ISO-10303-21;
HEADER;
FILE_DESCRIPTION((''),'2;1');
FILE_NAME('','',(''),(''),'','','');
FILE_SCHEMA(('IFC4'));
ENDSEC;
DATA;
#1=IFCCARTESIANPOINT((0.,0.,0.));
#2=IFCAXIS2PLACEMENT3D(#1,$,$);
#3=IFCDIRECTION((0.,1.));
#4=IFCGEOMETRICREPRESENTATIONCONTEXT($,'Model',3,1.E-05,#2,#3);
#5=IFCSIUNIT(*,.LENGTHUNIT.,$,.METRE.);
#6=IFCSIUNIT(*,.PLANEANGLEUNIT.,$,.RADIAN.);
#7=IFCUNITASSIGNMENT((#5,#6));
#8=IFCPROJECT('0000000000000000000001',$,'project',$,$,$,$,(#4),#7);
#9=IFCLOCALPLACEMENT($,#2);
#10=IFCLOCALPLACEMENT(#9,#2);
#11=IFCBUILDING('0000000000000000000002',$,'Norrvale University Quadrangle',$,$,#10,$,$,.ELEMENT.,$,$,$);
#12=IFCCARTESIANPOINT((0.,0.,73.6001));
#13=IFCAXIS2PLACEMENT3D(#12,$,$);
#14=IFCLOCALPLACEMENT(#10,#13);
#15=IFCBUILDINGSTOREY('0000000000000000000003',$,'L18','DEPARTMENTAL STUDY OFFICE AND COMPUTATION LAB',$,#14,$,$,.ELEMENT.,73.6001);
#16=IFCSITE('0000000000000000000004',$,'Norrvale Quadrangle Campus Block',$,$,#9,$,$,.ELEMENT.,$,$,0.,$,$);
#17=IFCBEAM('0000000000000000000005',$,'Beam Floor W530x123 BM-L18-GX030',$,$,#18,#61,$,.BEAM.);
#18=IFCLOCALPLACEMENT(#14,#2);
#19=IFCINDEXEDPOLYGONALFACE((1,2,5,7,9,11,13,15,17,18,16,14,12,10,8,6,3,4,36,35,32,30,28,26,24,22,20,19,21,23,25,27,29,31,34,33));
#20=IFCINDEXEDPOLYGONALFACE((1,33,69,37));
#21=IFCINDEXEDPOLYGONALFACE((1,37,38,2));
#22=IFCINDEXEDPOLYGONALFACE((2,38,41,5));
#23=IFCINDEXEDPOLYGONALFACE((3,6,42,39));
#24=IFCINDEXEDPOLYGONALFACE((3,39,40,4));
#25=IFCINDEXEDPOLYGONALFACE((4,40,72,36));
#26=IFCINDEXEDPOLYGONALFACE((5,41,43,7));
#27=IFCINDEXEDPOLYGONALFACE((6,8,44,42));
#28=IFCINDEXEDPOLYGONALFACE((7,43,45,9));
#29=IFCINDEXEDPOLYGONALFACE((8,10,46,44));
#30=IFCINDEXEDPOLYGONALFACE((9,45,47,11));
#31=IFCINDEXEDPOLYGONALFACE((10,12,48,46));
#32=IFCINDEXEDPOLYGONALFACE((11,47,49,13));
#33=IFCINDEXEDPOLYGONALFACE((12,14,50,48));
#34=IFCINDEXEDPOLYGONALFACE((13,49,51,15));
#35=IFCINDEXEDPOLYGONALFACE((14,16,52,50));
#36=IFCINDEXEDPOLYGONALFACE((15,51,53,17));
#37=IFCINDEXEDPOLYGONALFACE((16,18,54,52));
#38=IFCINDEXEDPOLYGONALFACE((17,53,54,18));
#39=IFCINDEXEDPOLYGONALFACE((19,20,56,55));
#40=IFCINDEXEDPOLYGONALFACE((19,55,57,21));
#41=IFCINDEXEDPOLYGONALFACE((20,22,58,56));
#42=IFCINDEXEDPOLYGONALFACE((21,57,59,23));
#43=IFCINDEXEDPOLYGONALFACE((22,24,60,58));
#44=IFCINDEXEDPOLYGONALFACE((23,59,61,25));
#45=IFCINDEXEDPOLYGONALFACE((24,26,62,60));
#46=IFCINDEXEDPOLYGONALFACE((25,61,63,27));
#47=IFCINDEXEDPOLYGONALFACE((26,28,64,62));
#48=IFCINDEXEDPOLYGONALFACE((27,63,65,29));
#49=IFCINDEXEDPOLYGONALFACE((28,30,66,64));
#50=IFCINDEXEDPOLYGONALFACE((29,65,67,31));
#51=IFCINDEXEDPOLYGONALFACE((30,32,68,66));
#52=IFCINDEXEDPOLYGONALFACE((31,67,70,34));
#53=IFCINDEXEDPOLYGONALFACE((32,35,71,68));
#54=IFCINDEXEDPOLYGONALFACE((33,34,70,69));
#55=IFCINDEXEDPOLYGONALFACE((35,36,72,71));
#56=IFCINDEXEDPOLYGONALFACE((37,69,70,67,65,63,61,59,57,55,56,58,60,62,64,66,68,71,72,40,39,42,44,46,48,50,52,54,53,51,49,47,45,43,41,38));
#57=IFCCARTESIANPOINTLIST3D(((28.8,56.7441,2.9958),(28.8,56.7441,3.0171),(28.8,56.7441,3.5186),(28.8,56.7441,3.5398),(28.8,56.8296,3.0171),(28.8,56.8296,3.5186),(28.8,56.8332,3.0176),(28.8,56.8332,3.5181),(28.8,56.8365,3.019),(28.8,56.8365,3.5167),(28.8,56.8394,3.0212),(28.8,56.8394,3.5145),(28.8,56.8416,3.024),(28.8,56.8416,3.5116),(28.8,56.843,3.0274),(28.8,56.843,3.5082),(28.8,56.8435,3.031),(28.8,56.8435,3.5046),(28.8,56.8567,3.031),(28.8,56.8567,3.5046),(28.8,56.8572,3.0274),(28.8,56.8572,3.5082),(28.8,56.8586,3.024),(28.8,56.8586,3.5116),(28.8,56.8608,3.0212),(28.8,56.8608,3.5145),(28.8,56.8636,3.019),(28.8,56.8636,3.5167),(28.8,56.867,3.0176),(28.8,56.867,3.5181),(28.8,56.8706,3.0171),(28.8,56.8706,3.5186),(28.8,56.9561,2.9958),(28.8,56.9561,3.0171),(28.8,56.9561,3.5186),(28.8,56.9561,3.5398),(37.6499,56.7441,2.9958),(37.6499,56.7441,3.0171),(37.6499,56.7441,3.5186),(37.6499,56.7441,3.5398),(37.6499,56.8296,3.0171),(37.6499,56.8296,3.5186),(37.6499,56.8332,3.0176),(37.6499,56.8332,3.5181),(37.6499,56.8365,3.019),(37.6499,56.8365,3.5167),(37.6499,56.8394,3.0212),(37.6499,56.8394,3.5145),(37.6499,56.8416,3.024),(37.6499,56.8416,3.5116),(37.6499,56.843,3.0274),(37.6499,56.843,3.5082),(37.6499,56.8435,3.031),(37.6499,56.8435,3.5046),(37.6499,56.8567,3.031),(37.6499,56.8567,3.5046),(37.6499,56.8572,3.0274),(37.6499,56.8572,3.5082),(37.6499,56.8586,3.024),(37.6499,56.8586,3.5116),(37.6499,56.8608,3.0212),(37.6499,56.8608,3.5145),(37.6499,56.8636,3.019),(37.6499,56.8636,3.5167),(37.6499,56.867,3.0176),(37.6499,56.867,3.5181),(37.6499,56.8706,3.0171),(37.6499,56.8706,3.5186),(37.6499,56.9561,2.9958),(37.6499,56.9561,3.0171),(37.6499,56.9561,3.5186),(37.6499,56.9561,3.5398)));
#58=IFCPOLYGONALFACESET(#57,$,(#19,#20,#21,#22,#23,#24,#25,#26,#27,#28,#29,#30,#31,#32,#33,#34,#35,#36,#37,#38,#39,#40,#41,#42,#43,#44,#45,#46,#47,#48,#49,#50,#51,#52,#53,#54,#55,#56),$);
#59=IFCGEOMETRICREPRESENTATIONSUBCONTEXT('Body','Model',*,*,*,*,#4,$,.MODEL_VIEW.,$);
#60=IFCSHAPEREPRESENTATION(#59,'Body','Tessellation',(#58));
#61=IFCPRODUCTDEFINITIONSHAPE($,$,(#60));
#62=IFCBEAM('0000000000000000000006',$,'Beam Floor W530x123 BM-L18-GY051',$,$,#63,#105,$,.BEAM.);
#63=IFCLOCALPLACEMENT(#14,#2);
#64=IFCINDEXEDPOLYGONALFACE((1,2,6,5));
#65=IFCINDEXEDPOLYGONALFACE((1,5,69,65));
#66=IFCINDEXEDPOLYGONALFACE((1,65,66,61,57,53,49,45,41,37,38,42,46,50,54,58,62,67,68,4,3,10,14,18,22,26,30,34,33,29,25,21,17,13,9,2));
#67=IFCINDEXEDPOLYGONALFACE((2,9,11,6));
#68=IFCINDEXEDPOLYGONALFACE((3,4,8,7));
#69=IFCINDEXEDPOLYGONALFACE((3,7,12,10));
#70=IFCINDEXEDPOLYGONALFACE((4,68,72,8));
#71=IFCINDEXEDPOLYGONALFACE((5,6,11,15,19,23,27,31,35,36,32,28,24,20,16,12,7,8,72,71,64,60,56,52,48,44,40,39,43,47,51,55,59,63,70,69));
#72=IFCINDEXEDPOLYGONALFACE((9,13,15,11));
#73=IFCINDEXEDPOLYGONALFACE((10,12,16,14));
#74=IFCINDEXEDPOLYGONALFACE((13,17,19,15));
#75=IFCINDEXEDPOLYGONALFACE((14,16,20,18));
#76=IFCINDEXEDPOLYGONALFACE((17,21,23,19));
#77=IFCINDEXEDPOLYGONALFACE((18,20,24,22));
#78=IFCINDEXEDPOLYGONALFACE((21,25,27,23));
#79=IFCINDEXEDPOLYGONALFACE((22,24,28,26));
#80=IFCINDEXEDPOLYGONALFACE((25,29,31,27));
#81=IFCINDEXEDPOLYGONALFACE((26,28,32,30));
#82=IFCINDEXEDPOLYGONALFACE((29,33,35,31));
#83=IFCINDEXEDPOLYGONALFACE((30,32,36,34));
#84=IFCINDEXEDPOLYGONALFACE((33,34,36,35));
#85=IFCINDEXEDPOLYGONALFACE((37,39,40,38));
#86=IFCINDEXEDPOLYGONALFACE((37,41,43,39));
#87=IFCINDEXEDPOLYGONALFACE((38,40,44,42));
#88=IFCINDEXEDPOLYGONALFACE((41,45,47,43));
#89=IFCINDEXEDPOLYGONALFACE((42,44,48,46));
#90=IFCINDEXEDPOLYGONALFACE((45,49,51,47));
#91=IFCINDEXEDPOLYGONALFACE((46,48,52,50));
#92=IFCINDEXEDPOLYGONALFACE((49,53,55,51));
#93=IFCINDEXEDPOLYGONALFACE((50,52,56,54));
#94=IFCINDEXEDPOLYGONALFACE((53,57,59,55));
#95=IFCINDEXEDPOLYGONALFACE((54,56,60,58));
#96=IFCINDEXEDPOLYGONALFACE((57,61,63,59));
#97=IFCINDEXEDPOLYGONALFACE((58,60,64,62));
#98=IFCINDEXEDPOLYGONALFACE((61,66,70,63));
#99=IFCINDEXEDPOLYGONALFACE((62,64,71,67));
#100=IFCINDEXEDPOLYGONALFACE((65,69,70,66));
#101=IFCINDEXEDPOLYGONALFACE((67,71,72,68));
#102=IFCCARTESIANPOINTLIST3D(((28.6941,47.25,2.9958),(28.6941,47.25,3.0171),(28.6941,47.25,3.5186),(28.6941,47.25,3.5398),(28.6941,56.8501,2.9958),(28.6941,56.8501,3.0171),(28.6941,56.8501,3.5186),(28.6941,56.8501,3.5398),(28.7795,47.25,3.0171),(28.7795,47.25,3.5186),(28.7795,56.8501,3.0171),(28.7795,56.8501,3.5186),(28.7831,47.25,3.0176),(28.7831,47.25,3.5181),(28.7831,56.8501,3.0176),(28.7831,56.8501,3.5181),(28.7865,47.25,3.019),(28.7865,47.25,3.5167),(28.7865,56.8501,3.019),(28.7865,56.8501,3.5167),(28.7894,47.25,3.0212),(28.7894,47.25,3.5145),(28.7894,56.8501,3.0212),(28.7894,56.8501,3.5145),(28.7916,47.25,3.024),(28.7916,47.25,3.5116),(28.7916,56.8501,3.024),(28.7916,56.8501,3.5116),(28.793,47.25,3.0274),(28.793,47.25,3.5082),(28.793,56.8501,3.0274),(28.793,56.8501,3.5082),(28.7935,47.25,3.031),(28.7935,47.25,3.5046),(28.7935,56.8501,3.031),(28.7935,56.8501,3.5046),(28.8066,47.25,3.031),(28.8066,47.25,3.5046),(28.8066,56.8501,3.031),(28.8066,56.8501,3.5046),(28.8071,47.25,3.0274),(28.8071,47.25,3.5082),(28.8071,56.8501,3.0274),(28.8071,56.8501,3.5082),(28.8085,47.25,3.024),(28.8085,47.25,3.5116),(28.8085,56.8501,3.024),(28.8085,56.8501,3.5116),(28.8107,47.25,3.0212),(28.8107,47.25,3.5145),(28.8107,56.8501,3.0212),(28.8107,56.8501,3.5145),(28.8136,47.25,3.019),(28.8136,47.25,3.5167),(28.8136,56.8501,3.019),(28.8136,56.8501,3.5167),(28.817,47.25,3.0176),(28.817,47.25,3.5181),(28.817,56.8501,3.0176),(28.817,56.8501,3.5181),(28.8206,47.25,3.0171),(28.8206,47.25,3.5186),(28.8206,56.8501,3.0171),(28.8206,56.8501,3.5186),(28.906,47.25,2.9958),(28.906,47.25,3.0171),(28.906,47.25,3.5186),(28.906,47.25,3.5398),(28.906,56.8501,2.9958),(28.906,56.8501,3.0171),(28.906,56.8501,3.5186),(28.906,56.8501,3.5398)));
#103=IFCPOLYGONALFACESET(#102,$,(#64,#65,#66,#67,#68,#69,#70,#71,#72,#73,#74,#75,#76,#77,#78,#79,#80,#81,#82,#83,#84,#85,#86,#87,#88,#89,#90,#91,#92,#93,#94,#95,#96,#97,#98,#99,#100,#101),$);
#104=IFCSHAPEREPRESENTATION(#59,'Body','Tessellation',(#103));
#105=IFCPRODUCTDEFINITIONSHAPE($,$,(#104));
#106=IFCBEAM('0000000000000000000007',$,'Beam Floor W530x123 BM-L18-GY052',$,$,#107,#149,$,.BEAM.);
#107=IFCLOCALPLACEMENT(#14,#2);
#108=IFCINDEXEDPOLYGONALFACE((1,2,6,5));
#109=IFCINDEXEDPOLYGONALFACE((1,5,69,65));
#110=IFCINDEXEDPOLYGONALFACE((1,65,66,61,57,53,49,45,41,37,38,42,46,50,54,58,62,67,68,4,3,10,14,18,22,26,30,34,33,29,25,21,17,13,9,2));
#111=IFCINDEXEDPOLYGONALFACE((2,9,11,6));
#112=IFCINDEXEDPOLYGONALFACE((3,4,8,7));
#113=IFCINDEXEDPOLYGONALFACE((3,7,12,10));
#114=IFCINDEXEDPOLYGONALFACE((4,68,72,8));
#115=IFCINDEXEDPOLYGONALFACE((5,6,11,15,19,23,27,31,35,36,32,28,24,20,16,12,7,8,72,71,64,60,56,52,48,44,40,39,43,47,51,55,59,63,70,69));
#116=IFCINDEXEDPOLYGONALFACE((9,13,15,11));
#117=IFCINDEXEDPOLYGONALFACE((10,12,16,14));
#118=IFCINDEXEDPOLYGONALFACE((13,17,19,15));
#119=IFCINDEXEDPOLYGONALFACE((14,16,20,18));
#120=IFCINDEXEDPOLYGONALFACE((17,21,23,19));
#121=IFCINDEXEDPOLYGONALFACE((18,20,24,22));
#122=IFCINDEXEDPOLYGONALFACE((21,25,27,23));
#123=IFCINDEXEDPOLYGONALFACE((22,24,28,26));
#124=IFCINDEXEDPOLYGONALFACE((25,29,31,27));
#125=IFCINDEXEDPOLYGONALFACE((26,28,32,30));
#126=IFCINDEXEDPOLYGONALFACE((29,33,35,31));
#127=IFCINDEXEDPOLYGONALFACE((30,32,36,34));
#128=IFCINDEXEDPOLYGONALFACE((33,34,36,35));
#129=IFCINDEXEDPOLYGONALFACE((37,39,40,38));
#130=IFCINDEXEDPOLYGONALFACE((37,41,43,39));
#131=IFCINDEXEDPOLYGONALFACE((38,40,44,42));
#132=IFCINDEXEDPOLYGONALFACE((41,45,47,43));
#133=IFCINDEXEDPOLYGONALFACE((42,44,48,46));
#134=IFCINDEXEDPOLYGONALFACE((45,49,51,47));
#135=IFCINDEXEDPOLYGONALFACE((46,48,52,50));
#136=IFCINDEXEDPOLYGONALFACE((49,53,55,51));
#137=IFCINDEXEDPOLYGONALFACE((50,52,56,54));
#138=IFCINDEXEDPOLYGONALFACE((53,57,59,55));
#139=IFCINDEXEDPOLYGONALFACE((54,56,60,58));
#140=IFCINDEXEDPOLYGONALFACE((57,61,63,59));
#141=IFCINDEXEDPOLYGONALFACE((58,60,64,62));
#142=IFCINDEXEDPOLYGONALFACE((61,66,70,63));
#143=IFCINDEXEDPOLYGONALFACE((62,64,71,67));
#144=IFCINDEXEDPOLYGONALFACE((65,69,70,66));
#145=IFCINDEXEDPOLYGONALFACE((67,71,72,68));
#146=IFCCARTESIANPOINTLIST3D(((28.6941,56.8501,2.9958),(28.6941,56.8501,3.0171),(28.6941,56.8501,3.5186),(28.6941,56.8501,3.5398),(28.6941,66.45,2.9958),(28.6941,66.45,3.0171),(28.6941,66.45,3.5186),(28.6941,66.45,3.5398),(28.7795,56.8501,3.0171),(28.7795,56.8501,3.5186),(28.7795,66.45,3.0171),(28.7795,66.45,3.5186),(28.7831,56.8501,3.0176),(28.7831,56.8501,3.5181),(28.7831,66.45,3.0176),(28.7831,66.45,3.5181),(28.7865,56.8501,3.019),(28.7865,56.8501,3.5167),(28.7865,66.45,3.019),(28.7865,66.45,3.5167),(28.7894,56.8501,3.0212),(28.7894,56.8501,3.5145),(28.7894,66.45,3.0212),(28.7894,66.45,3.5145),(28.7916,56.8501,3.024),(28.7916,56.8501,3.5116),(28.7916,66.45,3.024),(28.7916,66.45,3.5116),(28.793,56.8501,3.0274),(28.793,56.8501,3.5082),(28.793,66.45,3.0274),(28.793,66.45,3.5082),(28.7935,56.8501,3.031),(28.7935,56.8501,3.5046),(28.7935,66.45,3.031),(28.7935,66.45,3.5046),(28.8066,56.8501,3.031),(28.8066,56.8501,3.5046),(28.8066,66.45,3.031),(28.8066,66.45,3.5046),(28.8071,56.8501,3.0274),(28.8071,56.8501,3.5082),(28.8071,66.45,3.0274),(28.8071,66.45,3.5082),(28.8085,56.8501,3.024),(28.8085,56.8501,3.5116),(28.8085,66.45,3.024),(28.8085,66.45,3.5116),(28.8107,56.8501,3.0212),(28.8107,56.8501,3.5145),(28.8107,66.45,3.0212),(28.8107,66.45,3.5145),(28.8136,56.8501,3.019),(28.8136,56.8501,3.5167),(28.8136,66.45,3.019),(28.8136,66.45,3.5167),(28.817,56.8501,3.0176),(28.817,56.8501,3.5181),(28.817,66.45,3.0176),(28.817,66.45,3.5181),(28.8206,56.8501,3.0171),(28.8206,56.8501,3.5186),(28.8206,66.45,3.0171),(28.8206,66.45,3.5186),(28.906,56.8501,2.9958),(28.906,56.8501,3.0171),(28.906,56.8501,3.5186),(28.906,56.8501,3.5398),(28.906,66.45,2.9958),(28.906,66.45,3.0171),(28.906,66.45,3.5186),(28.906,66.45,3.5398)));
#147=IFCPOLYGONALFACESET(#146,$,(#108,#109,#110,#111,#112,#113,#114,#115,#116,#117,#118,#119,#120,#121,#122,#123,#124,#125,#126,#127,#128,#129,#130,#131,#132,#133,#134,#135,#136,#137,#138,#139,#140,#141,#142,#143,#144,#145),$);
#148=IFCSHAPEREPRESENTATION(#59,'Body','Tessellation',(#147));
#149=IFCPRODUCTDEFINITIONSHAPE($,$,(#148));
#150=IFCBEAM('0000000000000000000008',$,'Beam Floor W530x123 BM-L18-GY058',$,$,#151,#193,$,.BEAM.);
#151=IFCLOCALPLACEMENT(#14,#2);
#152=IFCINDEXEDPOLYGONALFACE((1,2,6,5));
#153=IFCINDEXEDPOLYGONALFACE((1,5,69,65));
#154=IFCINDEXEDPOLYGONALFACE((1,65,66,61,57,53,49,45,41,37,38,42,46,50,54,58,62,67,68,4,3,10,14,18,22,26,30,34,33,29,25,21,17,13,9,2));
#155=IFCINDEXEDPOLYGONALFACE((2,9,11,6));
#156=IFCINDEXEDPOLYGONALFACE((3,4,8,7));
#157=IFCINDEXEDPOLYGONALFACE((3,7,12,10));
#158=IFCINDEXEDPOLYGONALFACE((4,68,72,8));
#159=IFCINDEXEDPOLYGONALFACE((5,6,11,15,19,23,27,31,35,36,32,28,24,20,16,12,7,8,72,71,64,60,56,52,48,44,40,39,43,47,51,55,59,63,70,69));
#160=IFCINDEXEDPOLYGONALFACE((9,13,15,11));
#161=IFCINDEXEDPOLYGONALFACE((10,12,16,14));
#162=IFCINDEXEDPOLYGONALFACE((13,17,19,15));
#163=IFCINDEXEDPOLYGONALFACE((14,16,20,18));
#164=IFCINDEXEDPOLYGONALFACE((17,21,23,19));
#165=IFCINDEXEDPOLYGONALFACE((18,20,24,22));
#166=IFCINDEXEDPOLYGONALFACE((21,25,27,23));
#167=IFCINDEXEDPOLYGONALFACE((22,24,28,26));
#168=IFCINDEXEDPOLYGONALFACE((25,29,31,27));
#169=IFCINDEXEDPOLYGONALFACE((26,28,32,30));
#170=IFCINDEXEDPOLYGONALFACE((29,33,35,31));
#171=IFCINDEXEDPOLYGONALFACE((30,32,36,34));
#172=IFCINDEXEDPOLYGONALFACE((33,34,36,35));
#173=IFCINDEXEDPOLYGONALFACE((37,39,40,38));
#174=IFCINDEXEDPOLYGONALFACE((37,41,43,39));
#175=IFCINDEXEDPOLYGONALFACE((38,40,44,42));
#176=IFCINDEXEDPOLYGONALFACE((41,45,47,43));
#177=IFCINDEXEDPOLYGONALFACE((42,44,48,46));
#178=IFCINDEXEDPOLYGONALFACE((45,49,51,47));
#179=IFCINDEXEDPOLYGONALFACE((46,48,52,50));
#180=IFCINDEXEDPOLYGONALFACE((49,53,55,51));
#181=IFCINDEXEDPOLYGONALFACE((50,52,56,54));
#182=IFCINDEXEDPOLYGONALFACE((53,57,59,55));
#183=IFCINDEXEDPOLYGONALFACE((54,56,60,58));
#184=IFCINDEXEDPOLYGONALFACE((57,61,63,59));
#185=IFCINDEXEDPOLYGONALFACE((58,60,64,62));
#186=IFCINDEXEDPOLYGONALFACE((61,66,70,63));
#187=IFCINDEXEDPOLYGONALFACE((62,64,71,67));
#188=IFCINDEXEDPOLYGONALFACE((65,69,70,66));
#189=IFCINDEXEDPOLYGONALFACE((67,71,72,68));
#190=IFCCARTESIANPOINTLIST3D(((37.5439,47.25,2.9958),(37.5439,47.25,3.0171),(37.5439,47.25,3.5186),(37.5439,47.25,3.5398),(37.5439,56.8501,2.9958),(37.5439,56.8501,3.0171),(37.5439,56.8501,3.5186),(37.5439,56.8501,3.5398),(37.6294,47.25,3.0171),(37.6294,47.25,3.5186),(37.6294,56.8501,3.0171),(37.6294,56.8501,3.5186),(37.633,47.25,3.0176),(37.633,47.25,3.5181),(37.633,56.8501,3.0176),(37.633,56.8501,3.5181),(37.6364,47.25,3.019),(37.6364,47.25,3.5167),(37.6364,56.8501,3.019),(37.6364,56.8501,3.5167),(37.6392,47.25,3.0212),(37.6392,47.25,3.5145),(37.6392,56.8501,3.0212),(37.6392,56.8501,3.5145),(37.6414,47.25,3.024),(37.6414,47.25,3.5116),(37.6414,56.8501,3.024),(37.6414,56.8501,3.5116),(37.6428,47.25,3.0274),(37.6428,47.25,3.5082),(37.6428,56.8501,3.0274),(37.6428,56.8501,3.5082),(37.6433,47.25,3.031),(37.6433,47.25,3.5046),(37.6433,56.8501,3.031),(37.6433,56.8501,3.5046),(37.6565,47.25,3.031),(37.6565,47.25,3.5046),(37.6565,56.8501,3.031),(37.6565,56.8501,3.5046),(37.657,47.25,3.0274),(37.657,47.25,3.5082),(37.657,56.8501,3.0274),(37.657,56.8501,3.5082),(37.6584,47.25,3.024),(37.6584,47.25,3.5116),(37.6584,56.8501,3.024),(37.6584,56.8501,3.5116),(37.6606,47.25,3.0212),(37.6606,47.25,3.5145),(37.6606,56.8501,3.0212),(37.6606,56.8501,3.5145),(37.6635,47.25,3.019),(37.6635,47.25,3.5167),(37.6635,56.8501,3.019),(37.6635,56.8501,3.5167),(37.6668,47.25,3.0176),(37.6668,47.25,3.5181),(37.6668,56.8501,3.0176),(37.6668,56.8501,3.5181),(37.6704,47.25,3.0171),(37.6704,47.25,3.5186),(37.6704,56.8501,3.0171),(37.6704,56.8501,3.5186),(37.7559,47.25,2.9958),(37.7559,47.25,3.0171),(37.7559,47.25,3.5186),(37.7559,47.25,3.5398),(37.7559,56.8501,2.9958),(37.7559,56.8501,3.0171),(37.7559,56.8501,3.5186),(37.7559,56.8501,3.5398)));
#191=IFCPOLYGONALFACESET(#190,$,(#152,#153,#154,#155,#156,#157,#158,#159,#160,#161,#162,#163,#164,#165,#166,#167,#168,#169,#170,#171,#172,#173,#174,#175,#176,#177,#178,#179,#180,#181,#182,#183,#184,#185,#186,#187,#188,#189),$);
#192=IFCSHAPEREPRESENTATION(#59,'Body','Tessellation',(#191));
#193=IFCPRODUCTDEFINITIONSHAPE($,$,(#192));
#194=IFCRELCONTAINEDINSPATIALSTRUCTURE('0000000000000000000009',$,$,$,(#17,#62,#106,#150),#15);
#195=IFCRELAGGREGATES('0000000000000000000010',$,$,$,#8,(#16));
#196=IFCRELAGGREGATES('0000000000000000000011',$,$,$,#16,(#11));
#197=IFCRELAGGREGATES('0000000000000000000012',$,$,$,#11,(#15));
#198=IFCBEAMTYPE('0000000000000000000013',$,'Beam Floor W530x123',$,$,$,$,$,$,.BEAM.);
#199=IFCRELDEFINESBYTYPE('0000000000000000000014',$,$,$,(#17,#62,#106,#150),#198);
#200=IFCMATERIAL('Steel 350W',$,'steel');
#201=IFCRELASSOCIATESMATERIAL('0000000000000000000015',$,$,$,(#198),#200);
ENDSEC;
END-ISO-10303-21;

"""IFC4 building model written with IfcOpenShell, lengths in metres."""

from ifc_helpers import new_model, si_unit, direction, frame, origin, origin_2d, place, context, subcontext, project, spatial, i_section, extrude, material, material_profile, profile_set, type_object, element, save


model = new_model("IFC4")

# Units and contexts
model_context = context("Model", 3, precision=1e-05, world=origin(), true_north=direction((0.0, 1.0)))
body_context = subcontext(model_context, "Body", "Model", "MODEL_VIEW")
ifc_project = project(units=[si_unit("LENGTHUNIT", "METRE"), si_unit("PLANEANGLEUNIT", "RADIAN")], contexts=[model_context])

# Site, building, storey
site_placement = place(None, origin())
site = spatial("IfcSite", under=ifc_project, at=site_placement, Name="Norrvale Quadrangle Campus Block", CompositionType="ELEMENT", RefElevation=0.0)
building_placement = place(site_placement, origin())
building = spatial("IfcBuilding", under=site, at=building_placement, Name="Norrvale University Quadrangle", CompositionType="ELEMENT")
storey_placement = place(building_placement, frame((0.0, 0.0, 73.6001)))
storey = spatial("IfcBuildingStorey", under=building, at=storey_placement, Name="L18", Description="DEPARTMENTAL STUDY OFFICE AND COMPUTATION LAB", CompositionType="ELEMENT", Elevation=73.6001)

# Beams
ifc_material_1 = material(Name="Steel 350W", Category="steel")
ifc_material_profile_1 = material_profile(ifc_material_1, i_section(OverallWidth=0.2119, OverallDepth=0.5439, WebThickness=0.0132, FlangeThickness=0.0212, FilletRadius=0.0139, at=origin_2d()), Name="Steel 350W")
ifc_profile_set_1 = profile_set([ifc_material_profile_1], Name="Steel 350W")
beam_type_1 = type_object("IfcBeamType", Name="Beam Floor W530x123", PredefinedType="BEAM", material=ifc_profile_set_1)
beam_1_placement = place(storey_placement, frame((28.8, 56.8501, 3.2678), z_axis=(1.0, 0.0, 0.0), x_axis=(0.0, 1.0, 0.0)))
element("IfcBeam", 1, at=beam_1_placement, inside=storey, type_object=beam_type_1, Name="Beam Floor W530x123 BM-L18-GX030", PredefinedType="BEAM", context=body_context, shape_type="SweptSolid", body=[
    extrude(i_section(OverallWidth=0.2119, OverallDepth=0.5439, WebThickness=0.0132, FlangeThickness=0.0212, FilletRadius=0.0139, at=origin_2d()), origin(), (0.0, 0.0, 1.0), 8.8499),
])
beam_2_placement = place(storey_placement, frame((28.8, 47.25, 3.2678), z_axis=(0.0, 1.0, 0.0), x_axis=(-1.0, 0.0, 0.0)))
element("IfcBeam", 2, at=beam_2_placement, inside=storey, type_object=beam_type_1, Name="Beam Floor W530x123 BM-L18-GY051", PredefinedType="BEAM", context=body_context, shape_type="SweptSolid", body=[
    extrude(i_section(OverallWidth=0.2119, OverallDepth=0.5439, WebThickness=0.0132, FlangeThickness=0.0212, FilletRadius=0.0139, at=origin_2d()), origin(), (0.0, 0.0, 1.0), 9.6001),
])
beam_3_placement = place(storey_placement, frame((28.8, 56.8501, 3.2678), z_axis=(0.0, 1.0, 0.0), x_axis=(-1.0, 0.0, 0.0)))
element("IfcBeam", 3, at=beam_3_placement, inside=storey, type_object=beam_type_1, Name="Beam Floor W530x123 BM-L18-GY052", PredefinedType="BEAM", context=body_context, shape_type="SweptSolid", body=[
    extrude(i_section(OverallWidth=0.2119, OverallDepth=0.5439, WebThickness=0.0132, FlangeThickness=0.0212, FilletRadius=0.0139, at=origin_2d()), origin(), (0.0, 0.0, 1.0), 9.5999),
])
beam_4_placement = place(storey_placement, frame((37.6499, 47.25, 3.2678), z_axis=(0.0, 1.0, 0.0), x_axis=(-1.0, 0.0, 0.0)))
element("IfcBeam", 4, at=beam_4_placement, inside=storey, type_object=beam_type_1, Name="Beam Floor W530x123 BM-L18-GY058", PredefinedType="BEAM", context=body_context, shape_type="SweptSolid", body=[
    extrude(i_section(OverallWidth=0.2119, OverallDepth=0.5439, WebThickness=0.0132, FlangeThickness=0.0212, FilletRadius=0.0139, at=origin_2d()), origin(), (0.0, 0.0, 1.0), 9.6001),
])

save(model, "model.ifc")
